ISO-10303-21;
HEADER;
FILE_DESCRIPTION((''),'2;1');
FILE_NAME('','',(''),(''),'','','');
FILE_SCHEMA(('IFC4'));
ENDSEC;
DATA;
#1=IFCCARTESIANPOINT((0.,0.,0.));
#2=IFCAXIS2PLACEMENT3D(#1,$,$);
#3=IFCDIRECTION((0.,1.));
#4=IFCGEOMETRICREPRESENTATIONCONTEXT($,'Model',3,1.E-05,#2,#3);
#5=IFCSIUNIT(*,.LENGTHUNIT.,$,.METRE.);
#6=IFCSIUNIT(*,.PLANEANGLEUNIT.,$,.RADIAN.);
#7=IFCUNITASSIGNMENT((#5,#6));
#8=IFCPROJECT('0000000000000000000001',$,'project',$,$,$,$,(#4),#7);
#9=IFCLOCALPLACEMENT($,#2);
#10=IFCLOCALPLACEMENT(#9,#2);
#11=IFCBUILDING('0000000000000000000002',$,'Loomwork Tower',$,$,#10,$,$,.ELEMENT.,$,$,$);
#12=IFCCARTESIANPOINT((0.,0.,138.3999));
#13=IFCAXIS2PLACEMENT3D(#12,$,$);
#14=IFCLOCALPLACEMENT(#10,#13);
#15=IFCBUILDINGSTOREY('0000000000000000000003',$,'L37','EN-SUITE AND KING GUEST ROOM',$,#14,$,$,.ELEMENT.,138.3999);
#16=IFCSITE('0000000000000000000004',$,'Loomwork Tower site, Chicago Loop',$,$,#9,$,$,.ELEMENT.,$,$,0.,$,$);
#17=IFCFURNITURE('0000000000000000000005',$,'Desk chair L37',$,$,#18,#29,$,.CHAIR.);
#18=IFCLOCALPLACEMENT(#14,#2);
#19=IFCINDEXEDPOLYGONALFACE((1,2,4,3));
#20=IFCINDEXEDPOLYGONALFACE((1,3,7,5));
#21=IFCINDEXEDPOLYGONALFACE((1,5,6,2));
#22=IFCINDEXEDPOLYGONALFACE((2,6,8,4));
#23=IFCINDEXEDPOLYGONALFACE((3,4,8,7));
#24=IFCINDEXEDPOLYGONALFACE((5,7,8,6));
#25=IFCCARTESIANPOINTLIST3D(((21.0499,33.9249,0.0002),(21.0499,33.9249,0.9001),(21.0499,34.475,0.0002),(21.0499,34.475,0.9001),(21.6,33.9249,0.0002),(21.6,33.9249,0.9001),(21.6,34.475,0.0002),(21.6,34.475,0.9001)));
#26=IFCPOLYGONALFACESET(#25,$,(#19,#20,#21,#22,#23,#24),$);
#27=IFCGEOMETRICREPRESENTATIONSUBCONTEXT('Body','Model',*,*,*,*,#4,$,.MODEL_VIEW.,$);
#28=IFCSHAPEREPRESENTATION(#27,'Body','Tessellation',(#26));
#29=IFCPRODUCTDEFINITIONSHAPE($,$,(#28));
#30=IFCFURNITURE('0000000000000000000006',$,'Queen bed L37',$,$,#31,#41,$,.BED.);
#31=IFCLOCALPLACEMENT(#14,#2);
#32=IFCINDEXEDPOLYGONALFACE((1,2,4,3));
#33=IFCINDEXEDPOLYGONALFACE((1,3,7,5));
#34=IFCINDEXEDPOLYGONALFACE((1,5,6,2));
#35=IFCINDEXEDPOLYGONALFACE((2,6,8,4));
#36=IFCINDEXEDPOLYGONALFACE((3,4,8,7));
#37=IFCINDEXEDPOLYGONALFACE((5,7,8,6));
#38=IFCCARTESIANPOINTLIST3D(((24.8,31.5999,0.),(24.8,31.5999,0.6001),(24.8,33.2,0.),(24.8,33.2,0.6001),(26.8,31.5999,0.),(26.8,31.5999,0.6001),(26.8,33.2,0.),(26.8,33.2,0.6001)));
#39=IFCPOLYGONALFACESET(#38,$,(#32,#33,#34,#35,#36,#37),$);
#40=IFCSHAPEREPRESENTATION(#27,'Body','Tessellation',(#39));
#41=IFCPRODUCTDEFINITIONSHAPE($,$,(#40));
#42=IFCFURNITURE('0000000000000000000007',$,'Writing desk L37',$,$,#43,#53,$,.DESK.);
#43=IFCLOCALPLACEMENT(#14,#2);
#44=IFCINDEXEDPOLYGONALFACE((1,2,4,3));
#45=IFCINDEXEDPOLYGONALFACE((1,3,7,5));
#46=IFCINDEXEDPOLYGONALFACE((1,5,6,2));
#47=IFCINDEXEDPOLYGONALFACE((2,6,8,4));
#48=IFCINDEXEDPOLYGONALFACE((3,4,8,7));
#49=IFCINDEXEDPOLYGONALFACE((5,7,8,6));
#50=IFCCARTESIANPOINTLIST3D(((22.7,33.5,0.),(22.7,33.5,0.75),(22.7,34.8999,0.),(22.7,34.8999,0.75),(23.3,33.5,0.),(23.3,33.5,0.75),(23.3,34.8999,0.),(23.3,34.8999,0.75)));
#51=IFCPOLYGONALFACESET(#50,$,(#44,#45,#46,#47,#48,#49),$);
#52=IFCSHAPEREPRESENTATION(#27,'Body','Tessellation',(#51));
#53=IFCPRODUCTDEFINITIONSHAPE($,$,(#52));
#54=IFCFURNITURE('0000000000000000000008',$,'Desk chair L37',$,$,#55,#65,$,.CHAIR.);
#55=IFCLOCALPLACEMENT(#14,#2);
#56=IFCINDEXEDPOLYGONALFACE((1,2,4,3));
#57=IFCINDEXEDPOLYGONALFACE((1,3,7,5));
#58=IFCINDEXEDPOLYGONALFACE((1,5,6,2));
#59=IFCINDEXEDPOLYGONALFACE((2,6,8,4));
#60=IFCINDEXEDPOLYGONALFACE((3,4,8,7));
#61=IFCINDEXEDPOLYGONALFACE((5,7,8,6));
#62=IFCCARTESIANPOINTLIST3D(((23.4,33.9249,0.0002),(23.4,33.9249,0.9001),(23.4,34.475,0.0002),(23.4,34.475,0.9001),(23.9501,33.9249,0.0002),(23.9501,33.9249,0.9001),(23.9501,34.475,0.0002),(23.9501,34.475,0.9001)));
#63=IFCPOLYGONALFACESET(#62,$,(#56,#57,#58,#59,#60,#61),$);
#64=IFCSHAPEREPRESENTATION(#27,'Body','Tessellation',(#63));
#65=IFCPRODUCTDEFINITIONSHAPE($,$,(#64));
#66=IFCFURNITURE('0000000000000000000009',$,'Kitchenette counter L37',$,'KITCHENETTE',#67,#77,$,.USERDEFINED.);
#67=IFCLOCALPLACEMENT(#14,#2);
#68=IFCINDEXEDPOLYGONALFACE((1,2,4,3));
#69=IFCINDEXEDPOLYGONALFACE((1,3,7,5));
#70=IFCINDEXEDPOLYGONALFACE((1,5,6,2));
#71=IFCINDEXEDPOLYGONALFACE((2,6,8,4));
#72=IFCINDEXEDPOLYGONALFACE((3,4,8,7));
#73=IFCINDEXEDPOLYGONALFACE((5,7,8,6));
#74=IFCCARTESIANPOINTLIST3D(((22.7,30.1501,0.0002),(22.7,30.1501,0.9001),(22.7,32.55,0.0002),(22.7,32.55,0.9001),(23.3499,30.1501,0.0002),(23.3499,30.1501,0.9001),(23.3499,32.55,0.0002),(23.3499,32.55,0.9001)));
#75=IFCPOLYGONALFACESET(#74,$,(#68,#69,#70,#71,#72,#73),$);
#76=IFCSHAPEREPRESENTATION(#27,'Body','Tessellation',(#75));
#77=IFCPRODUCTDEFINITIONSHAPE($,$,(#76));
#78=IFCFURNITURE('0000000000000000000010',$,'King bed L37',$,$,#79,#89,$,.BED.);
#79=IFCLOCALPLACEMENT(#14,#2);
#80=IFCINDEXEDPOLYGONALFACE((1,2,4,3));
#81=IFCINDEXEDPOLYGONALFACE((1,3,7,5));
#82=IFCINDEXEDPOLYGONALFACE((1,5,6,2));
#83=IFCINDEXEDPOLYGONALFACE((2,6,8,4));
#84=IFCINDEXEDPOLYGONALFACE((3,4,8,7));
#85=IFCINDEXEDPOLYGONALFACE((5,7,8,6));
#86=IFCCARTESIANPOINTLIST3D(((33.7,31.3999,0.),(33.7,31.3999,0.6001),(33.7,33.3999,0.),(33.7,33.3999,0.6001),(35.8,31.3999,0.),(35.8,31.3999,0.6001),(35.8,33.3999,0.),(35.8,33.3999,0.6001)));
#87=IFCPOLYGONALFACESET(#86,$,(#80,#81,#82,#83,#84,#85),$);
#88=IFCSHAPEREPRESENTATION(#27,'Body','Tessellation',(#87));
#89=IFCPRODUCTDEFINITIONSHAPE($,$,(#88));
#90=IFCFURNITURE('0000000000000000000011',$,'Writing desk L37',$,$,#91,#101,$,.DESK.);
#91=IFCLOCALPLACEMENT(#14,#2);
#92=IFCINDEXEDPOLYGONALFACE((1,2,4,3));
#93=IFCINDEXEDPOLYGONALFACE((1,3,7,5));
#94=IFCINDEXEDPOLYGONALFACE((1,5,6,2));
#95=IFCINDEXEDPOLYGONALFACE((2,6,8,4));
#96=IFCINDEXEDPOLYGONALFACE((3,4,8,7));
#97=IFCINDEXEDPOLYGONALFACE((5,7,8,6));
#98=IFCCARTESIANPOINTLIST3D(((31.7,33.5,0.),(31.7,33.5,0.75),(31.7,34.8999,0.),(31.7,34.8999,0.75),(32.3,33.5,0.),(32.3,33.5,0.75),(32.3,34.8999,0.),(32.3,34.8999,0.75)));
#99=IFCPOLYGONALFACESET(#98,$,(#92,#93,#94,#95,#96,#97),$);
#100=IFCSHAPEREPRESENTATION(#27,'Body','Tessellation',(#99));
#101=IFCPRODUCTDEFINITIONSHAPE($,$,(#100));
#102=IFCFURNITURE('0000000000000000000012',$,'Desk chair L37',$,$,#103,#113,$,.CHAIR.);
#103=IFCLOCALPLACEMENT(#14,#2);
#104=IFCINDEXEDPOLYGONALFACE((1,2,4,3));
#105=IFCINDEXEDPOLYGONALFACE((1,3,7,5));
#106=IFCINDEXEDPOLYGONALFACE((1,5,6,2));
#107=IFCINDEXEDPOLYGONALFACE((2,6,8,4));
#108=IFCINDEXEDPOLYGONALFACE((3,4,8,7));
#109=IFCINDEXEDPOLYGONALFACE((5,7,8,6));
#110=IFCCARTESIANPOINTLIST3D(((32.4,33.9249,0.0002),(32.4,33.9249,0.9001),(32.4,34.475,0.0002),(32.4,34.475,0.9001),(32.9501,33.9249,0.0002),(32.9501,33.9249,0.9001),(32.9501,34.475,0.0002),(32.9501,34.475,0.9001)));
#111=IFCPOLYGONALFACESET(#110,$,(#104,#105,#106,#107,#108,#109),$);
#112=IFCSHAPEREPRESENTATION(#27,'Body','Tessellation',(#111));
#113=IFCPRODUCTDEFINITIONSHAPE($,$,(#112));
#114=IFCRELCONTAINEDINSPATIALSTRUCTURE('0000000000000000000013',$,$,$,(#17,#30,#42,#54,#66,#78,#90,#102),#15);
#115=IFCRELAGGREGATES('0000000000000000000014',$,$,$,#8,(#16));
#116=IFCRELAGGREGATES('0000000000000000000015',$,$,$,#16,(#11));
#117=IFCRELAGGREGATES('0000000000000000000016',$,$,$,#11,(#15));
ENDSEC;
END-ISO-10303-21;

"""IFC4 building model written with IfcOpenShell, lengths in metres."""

from ifc_helpers import new_model, si_unit, direction, frame, origin, origin_2d, place, context, subcontext, project, spatial, rectangle, extrude, element, save


model = new_model("IFC4")

# Units and contexts
model_context = context("Model", 3, precision=1e-05, world=origin(), true_north=direction((0.0, 1.0)))
body_context = subcontext(model_context, "Body", "Model", "MODEL_VIEW")
ifc_project = project(units=[si_unit("LENGTHUNIT", "METRE"), si_unit("PLANEANGLEUNIT", "RADIAN")], contexts=[model_context])

# Site, building, storey
site_placement = place(None, origin())
site = spatial("IfcSite", under=ifc_project, at=site_placement, Name="Loomwork Tower site, Chicago Loop", CompositionType="ELEMENT", RefElevation=0.0)
building_placement = place(site_placement, origin())
building = spatial("IfcBuilding", under=site, at=building_placement, Name="Loomwork Tower", CompositionType="ELEMENT")
storey_placement = place(building_placement, frame((0.0, 0.0, 138.3999)))
storey = spatial("IfcBuildingStorey", under=building, at=storey_placement, Name="L37", Description="EN-SUITE AND KING GUEST ROOM", CompositionType="ELEMENT", Elevation=138.3999)

# Furniture
furniture_1_placement = place(storey_placement, frame((21.325, 34.2, 0.0002), z_axis=(0.0, 0.0, 1.0), x_axis=(1.0, 0.0, 0.0)))
element("IfcFurniture", 1, at=furniture_1_placement, inside=storey, Name="Desk chair L37", PredefinedType="CHAIR", context=body_context, shape_type="SweptSolid", body=[
    extrude(rectangle(XDim=0.55, YDim=0.55, at=origin_2d()), origin(), (0.0, 0.0, 1.0), 0.8999),
])
furniture_2_placement = place(storey_placement, frame((25.8, 32.3999, 0.0), z_axis=(0.0, 0.0, 1.0), x_axis=(1.0, 0.0, 0.0)))
element("IfcFurniture", 2, at=furniture_2_placement, inside=storey, Name="Queen bed L37", PredefinedType="BED", context=body_context, shape_type="SweptSolid", body=[
    extrude(rectangle(XDim=2.0, YDim=1.6001, at=origin_2d()), origin(), (0.0, 0.0, 1.0), 0.6001),
])
furniture_3_placement = place(storey_placement, frame((23.0, 34.2, 0.0), z_axis=(0.0, 0.0, 1.0), x_axis=(1.0, 0.0, 0.0)))
element("IfcFurniture", 3, at=furniture_3_placement, inside=storey, Name="Writing desk L37", PredefinedType="DESK", context=body_context, shape_type="SweptSolid", body=[
    extrude(rectangle(XDim=0.6001, YDim=1.3999, at=origin_2d()), origin(), (0.0, 0.0, 1.0), 0.75),
])
furniture_4_placement = place(storey_placement, frame((23.675, 34.2, 0.0002), z_axis=(0.0, 0.0, 1.0), x_axis=(1.0, 0.0, 0.0)))
element("IfcFurniture", 4, at=furniture_4_placement, inside=storey, Name="Desk chair L37", PredefinedType="CHAIR", context=body_context, shape_type="SweptSolid", body=[
    extrude(rectangle(XDim=0.55, YDim=0.55, at=origin_2d()), origin(), (0.0, 0.0, 1.0), 0.8999),
])
furniture_5_placement = place(storey_placement, frame((23.0249, 31.3501, 0.0002), z_axis=(0.0, 0.0, 1.0), x_axis=(1.0, 0.0, 0.0)))
element("IfcFurniture", 5, at=furniture_5_placement, inside=storey, Name="Kitchenette counter L37", ObjectType="KITCHENETTE", PredefinedType="USERDEFINED", context=body_context, shape_type="SweptSolid", body=[
    extrude(rectangle(XDim=0.6499, YDim=2.3999, at=origin_2d()), origin(), (0.0, 0.0, 1.0), 0.8999),
])
furniture_6_placement = place(storey_placement, frame((34.75, 32.3999, 0.0), z_axis=(0.0, 0.0, 1.0), x_axis=(1.0, 0.0, 0.0)))
element("IfcFurniture", 6, at=furniture_6_placement, inside=storey, Name="King bed L37", PredefinedType="BED", context=body_context, shape_type="SweptSolid", body=[
    extrude(rectangle(XDim=2.1001, YDim=2.0, at=origin_2d()), origin(), (0.0, 0.0, 1.0), 0.6001),
])
furniture_7_placement = place(storey_placement, frame((32.0, 34.2, 0.0), z_axis=(0.0, 0.0, 1.0), x_axis=(1.0, 0.0, 0.0)))
element("IfcFurniture", 7, at=furniture_7_placement, inside=storey, Name="Writing desk L37", PredefinedType="DESK", context=body_context, shape_type="SweptSolid", body=[
    extrude(rectangle(XDim=0.6001, YDim=1.3999, at=origin_2d()), origin(), (0.0, 0.0, 1.0), 0.75),
])
furniture_8_placement = place(storey_placement, frame((32.675, 34.2, 0.0002), z_axis=(0.0, 0.0, 1.0), x_axis=(1.0, 0.0, 0.0)))
element("IfcFurniture", 8, at=furniture_8_placement, inside=storey, Name="Desk chair L37", PredefinedType="CHAIR", context=body_context, shape_type="SweptSolid", body=[
    extrude(rectangle(XDim=0.55, YDim=0.55, at=origin_2d()), origin(), (0.0, 0.0, 1.0), 0.8999),
])

save(model, "model.ifc")
